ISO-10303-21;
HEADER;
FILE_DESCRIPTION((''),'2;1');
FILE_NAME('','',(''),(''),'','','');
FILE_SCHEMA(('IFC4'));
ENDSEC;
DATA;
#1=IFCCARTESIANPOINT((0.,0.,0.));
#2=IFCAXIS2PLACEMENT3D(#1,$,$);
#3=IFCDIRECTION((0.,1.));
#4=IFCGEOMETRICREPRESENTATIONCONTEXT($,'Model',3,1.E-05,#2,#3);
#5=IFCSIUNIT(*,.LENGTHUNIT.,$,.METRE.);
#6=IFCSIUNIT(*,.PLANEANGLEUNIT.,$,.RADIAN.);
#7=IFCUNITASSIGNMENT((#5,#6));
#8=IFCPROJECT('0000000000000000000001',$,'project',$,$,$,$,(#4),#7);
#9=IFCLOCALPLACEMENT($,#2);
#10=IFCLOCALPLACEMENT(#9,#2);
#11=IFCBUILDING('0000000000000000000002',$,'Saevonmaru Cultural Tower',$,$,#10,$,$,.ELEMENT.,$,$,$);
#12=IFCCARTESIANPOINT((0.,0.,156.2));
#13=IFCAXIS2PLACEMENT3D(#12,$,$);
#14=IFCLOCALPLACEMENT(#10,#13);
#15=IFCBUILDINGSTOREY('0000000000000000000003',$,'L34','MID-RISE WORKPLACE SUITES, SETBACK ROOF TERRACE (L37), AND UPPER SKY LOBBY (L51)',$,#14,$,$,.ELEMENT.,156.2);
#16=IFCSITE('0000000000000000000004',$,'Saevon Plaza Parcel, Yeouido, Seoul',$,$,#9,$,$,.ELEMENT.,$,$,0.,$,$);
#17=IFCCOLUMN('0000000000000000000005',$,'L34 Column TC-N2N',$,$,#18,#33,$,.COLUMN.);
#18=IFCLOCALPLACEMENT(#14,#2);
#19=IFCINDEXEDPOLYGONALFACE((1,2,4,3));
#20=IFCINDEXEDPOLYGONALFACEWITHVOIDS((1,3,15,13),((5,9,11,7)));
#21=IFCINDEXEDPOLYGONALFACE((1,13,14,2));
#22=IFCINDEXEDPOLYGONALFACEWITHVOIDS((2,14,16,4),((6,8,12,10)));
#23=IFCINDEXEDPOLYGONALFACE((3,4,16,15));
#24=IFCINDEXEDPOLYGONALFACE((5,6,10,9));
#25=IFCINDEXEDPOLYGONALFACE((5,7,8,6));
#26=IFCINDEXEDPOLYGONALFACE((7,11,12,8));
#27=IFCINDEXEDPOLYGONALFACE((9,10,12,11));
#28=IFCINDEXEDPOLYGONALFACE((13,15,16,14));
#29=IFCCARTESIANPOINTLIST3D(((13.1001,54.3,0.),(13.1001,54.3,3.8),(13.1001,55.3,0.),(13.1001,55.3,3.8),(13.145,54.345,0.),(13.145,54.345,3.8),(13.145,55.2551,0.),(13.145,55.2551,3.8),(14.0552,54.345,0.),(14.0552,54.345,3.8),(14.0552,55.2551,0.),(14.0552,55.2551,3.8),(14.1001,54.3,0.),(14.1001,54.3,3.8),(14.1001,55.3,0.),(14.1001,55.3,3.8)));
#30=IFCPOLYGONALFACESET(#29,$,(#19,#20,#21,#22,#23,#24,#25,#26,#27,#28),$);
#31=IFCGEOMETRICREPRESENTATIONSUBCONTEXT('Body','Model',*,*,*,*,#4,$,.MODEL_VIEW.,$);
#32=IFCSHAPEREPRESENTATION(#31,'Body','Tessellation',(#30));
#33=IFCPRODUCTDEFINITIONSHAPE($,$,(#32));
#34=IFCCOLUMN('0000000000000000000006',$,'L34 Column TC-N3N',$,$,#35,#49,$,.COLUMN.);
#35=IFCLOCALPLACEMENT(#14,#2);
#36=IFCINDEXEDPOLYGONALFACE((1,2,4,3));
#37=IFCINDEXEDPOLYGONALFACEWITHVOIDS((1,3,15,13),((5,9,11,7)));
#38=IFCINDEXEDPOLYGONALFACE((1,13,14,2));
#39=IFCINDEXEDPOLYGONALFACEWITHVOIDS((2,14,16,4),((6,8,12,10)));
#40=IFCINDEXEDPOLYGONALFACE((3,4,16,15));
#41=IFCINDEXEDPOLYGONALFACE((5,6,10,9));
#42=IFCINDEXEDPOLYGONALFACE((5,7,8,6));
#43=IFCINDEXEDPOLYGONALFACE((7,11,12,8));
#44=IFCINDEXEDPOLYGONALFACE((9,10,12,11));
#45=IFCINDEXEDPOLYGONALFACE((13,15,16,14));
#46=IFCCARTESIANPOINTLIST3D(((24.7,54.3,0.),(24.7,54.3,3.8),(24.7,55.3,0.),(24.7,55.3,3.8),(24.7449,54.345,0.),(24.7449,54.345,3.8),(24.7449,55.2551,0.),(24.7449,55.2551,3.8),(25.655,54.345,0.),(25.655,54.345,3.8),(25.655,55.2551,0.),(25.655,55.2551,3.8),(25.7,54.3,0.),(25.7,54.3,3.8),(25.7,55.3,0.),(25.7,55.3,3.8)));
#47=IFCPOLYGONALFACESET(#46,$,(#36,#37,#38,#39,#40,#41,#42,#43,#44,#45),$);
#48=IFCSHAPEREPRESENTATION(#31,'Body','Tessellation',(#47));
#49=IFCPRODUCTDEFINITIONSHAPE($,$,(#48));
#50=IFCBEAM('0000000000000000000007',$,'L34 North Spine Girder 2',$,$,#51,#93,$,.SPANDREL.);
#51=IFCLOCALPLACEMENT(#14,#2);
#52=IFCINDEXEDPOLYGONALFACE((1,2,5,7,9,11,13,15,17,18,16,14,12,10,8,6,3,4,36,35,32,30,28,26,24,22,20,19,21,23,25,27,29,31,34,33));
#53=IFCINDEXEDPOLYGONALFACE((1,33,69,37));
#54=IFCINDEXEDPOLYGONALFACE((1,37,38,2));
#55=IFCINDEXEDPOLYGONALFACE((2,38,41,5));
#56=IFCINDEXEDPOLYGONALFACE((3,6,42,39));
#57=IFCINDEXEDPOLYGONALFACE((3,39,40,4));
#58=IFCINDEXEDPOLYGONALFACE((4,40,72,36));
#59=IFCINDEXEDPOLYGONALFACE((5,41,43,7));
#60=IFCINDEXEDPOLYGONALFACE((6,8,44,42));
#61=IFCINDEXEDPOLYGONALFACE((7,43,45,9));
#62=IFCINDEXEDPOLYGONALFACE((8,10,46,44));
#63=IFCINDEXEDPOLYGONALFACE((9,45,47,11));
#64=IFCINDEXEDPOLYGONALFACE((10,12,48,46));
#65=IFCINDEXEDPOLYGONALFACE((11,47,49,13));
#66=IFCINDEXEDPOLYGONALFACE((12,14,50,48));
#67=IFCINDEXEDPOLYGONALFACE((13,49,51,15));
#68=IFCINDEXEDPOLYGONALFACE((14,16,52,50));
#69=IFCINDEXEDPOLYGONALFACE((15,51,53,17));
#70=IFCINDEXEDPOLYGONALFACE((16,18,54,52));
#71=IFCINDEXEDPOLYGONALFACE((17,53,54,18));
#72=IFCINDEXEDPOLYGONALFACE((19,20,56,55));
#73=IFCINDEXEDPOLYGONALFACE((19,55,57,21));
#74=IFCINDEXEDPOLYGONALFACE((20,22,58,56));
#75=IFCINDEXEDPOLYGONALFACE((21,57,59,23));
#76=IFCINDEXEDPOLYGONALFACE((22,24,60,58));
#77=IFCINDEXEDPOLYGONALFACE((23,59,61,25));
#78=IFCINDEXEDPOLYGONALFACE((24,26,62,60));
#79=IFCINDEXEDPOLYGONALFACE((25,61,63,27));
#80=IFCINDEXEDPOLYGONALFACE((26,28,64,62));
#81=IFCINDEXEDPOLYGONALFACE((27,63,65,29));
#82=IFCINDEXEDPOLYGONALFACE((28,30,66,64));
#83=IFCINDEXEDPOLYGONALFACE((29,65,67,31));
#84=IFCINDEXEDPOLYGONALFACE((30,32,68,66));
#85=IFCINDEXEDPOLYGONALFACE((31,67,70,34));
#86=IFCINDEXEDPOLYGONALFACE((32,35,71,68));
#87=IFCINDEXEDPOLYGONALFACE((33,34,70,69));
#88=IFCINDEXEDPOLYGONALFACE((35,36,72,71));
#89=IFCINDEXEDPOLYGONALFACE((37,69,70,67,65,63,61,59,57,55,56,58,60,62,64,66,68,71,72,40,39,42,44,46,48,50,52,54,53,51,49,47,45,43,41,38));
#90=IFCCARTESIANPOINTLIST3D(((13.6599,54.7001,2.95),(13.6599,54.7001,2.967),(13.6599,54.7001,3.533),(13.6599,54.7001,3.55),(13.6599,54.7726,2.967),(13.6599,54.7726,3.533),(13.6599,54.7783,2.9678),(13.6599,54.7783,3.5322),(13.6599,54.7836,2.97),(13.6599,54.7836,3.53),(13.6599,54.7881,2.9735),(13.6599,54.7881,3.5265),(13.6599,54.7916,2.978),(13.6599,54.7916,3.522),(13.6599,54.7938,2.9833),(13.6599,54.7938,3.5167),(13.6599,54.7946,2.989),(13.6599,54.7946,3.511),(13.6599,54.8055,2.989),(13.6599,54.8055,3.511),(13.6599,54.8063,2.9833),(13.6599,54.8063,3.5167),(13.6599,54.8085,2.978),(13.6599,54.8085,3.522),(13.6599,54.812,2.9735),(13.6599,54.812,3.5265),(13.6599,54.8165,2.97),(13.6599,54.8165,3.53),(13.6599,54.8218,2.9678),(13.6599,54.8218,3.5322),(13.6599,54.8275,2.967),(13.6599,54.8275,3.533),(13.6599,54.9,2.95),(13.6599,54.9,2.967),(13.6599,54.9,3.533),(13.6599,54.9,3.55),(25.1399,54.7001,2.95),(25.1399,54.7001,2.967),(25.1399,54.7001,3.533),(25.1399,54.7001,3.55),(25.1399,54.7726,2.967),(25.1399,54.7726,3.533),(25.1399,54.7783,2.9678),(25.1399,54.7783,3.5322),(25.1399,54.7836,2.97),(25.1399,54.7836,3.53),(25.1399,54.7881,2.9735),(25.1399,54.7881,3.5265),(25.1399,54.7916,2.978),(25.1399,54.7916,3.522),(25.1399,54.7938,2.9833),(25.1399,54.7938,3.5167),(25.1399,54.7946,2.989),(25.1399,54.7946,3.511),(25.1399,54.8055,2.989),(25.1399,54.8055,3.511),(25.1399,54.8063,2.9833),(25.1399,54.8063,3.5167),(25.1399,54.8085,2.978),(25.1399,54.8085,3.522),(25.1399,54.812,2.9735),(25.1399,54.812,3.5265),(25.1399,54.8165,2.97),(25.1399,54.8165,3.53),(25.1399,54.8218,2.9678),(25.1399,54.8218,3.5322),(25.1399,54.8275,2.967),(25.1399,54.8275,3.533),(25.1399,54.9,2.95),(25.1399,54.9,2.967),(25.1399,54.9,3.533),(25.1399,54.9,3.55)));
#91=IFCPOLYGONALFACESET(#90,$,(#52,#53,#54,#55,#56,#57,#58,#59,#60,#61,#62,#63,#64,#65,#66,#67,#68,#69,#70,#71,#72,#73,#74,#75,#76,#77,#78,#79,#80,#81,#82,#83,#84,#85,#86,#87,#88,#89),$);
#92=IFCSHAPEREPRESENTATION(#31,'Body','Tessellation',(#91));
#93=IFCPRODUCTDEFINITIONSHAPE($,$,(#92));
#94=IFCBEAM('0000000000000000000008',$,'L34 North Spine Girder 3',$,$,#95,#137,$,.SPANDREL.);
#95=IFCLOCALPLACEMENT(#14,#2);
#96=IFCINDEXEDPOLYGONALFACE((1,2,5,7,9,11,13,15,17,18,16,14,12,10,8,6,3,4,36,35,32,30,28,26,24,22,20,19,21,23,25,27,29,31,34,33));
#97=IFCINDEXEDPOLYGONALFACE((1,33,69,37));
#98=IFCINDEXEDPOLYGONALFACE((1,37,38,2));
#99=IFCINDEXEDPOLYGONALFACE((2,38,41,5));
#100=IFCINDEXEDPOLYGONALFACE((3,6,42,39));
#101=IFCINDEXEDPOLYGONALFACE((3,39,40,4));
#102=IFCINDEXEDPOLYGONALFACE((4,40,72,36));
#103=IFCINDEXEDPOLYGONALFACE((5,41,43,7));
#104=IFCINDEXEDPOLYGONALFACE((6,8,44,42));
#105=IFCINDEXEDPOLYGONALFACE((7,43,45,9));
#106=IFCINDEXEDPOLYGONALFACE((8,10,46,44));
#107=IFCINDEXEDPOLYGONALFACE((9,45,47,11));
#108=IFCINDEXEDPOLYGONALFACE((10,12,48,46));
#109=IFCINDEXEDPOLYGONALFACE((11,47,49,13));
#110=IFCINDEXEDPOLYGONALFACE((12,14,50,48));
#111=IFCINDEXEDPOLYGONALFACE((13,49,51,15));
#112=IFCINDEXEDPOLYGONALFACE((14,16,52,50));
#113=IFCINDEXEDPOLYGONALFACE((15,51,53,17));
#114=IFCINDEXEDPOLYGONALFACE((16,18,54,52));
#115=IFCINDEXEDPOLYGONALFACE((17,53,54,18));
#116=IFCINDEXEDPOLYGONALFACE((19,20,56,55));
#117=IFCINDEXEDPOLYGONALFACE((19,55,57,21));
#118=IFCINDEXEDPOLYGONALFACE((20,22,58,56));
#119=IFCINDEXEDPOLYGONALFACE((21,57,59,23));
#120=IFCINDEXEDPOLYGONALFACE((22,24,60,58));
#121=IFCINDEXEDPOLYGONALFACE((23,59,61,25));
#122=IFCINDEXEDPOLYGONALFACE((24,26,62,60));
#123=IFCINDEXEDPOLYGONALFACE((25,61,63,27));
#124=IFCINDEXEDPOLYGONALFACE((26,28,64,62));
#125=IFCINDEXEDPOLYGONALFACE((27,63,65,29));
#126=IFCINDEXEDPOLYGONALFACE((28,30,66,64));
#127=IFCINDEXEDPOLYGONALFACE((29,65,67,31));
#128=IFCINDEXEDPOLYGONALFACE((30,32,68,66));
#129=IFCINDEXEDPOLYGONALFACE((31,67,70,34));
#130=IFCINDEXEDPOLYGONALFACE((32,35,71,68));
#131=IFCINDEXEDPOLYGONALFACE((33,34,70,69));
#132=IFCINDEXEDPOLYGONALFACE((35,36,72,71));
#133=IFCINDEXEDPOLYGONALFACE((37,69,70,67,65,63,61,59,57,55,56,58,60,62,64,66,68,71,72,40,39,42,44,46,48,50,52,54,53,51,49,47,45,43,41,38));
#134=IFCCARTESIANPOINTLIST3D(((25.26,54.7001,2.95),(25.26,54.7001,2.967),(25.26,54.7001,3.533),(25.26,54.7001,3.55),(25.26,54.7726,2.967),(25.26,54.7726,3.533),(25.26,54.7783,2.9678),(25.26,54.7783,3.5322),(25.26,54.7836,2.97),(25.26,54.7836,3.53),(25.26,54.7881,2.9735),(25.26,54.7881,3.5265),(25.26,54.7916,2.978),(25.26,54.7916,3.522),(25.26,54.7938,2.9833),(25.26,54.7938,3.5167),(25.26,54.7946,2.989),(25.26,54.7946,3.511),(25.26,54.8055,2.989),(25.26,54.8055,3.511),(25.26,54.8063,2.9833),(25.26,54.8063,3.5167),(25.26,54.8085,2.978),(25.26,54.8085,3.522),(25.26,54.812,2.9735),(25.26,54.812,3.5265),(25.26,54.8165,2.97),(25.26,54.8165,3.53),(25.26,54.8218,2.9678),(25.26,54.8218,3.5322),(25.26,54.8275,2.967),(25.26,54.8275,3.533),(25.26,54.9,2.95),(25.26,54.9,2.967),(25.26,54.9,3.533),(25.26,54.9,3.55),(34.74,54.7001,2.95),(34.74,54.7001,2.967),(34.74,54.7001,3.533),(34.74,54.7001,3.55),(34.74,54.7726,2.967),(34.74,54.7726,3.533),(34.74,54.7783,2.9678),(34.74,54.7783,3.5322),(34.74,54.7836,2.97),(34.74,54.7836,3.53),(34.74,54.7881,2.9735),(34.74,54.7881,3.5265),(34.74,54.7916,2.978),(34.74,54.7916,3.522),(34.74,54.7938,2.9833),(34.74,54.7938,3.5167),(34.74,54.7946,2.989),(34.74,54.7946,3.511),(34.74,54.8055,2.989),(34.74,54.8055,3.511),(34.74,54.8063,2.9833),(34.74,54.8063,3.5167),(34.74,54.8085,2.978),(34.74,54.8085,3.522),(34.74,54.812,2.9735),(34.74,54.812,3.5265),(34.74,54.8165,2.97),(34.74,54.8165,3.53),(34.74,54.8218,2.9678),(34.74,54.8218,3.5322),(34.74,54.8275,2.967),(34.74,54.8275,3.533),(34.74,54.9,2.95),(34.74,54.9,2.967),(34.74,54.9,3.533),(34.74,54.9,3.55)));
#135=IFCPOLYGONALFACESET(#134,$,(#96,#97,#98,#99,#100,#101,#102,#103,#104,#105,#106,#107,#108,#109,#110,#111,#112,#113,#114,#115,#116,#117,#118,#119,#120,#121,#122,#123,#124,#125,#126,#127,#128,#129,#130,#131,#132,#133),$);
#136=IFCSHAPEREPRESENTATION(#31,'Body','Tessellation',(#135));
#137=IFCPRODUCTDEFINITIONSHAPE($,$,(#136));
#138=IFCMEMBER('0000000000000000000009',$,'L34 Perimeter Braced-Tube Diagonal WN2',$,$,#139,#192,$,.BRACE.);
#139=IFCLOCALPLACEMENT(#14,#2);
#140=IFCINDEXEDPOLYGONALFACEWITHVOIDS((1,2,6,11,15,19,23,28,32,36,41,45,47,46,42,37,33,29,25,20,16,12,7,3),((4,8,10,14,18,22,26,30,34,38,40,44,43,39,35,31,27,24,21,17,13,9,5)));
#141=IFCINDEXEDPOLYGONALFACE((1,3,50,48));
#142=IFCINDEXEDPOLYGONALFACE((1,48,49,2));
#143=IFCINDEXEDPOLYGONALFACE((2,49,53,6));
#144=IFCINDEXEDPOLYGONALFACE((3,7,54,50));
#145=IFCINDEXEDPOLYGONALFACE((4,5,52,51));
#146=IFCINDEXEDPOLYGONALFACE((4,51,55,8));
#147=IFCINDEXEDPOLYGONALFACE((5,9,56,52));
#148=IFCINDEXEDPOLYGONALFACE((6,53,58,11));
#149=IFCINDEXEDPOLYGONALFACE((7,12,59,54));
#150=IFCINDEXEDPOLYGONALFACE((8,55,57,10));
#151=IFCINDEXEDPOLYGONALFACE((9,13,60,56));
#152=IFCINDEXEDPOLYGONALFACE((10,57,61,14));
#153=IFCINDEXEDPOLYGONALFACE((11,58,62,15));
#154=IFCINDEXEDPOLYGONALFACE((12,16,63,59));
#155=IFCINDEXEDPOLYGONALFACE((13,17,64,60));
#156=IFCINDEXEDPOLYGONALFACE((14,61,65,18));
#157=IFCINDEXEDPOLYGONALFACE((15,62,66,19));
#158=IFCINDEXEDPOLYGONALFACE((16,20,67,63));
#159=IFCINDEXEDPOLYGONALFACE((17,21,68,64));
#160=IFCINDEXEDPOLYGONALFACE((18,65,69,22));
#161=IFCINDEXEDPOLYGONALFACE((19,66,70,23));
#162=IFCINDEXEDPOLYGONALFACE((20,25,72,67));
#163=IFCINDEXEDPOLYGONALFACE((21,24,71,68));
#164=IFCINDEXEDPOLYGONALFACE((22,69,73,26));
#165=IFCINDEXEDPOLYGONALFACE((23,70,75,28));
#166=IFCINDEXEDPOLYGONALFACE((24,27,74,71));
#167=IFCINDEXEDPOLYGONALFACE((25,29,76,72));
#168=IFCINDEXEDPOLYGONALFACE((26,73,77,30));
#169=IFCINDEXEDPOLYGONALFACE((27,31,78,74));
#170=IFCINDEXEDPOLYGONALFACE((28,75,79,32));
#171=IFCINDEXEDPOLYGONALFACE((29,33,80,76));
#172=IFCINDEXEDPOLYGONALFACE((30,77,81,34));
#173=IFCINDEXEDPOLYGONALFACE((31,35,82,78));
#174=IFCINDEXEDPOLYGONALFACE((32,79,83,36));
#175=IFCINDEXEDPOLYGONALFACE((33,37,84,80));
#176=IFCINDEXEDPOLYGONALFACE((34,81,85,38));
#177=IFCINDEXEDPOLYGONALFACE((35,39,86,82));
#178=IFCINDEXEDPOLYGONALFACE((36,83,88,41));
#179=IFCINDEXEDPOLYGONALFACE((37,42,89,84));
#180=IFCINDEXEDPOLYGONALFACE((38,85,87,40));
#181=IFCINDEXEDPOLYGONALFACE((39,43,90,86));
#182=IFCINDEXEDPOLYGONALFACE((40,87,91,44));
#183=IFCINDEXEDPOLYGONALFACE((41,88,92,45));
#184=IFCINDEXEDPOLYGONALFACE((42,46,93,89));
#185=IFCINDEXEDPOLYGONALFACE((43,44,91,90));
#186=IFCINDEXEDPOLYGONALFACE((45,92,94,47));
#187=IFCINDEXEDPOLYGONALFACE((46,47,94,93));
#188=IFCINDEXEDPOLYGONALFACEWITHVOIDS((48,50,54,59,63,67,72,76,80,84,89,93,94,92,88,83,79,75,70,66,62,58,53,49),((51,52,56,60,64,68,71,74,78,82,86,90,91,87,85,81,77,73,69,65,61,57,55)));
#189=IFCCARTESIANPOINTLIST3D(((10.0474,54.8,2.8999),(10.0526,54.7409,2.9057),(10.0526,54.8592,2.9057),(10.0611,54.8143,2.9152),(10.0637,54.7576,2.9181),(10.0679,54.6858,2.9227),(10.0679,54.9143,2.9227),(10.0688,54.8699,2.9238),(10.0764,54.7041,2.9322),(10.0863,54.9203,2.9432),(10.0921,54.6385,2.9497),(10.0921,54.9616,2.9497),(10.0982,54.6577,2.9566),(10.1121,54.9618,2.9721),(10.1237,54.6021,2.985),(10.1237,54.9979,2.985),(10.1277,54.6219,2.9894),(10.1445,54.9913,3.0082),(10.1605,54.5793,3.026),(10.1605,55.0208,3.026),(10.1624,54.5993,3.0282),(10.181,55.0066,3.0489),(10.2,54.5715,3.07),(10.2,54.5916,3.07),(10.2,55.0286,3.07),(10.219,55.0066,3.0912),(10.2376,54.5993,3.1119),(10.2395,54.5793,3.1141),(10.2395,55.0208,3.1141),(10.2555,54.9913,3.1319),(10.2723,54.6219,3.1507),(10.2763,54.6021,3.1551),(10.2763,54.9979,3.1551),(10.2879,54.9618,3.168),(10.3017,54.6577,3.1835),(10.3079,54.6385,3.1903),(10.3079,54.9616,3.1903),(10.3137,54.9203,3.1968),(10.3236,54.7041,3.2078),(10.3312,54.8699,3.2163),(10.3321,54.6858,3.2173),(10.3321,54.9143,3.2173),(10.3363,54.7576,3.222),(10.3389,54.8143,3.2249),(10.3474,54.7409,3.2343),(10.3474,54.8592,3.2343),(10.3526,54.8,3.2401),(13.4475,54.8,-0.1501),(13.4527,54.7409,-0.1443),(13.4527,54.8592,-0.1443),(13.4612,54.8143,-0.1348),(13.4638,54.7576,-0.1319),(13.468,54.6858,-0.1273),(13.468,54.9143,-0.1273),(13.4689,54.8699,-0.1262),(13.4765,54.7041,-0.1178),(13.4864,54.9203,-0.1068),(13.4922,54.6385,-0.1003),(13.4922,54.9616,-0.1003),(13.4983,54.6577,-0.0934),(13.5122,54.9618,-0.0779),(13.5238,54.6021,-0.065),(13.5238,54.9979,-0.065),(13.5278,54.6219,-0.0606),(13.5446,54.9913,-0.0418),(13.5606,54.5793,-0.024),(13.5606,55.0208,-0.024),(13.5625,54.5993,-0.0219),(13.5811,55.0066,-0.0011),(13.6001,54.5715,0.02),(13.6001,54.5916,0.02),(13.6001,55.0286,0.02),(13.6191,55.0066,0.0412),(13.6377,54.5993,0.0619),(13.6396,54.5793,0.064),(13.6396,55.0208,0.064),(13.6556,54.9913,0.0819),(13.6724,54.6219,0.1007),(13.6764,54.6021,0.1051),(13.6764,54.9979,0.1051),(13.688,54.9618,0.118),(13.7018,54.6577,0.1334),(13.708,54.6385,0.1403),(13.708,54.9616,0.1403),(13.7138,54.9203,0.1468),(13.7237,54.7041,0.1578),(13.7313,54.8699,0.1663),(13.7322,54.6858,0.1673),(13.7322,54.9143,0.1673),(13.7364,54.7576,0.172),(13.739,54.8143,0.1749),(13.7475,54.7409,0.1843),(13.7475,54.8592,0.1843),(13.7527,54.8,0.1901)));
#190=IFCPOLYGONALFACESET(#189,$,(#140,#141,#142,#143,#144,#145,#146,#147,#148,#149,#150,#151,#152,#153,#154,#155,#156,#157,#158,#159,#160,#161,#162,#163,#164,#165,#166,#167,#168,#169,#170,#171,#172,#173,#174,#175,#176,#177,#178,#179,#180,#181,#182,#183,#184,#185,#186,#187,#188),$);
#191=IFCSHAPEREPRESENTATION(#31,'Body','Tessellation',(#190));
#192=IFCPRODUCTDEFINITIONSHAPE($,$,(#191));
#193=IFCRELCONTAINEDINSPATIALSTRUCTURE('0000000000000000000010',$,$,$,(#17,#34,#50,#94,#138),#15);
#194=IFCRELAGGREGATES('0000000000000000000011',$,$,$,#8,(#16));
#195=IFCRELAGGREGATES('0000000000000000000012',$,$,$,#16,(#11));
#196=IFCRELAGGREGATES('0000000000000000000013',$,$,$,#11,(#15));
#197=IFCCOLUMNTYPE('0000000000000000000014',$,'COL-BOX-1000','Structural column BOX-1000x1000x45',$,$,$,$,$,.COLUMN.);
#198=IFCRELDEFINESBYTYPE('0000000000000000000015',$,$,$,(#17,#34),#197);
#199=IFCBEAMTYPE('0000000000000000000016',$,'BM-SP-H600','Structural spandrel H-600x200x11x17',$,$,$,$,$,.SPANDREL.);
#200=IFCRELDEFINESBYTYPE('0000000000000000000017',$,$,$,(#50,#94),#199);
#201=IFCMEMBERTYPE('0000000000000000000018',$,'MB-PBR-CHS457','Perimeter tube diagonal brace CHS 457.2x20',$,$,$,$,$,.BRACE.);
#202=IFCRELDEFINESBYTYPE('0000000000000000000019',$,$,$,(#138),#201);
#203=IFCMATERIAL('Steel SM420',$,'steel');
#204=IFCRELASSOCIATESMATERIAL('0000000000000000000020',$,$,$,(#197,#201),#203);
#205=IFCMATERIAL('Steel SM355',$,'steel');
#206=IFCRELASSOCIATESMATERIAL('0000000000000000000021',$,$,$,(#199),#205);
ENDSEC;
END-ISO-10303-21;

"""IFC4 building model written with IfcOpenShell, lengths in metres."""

from ifc_helpers import new_model, si_unit, direction, frame, origin, origin_2d, place, context, subcontext, project, spatial, hollow_rectangle, hollow_circle, i_section, extrude, material, material_profile, profile_set, type_object, element, save


model = new_model("IFC4")

# Units and contexts
model_context = context("Model", 3, precision=1e-05, world=origin(), true_north=direction((0.0, 1.0)))
body_context = subcontext(model_context, "Body", "Model", "MODEL_VIEW")
ifc_project = project(units=[si_unit("LENGTHUNIT", "METRE"), si_unit("PLANEANGLEUNIT", "RADIAN")], contexts=[model_context])

# Site, building, storey
site_placement = place(None, origin())
site = spatial("IfcSite", under=ifc_project, at=site_placement, Name="Saevon Plaza Parcel, Yeouido, Seoul", CompositionType="ELEMENT", RefElevation=0.0)
building_placement = place(site_placement, origin())
building = spatial("IfcBuilding", under=site, at=building_placement, Name="Saevonmaru Cultural Tower", CompositionType="ELEMENT")
storey_placement = place(building_placement, frame((0.0, 0.0, 156.2)))
storey = spatial("IfcBuildingStorey", under=building, at=storey_placement, Name="L34", Description="MID-RISE WORKPLACE SUITES, SETBACK ROOF TERRACE (L37), AND UPPER SKY LOBBY (L51)", CompositionType="ELEMENT", Elevation=156.2)

# Columns
ifc_material_1 = material(Name="Steel SM420", Category="steel")
ifc_material_profile_1 = material_profile(ifc_material_1, hollow_rectangle(XDim=1.0, YDim=1.0, WallThickness=0.0449, at=origin_2d()), Name="BOX-1000x1000x45")
ifc_profile_set_1 = profile_set([ifc_material_profile_1], Name="Steel SM420")
column_type = type_object("IfcColumnType", Name="COL-BOX-1000", Description="Structural column BOX-1000x1000x45", PredefinedType="COLUMN", material=ifc_profile_set_1)
for number, where, z_axis, x_axis, name in (
    (1, (13.6001, 54.8, 0.0), (0.0, 0.0, 1.0), (1.0, 0.0, 0.0), "L34 Column TC-N2N"),
    (2, (25.2, 54.8, 0.0), (0.0, 0.0, 1.0), (1.0, 0.0, 0.0), "L34 Column TC-N3N"),
):
    element("IfcColumn", number, at=place(storey_placement, frame(where, z_axis=z_axis, x_axis=x_axis)), inside=storey, type_object=column_type, Name=name, PredefinedType="COLUMN", context=body_context, shape_type="SweptSolid", body=[
        extrude(hollow_rectangle(XDim=1.0, YDim=1.0, WallThickness=0.0449, at=origin_2d()), origin(), (0.0, 0.0, 1.0), 3.8),
    ])

# Beams
ifc_material_2 = material(Name="Steel SM355", Category="steel")
ifc_material_profile_2 = material_profile(ifc_material_2, i_section(OverallWidth=0.2, OverallDepth=0.6001, WebThickness=0.011, FlangeThickness=0.0171, FilletRadius=0.022, at=origin_2d()), Name="H-600x200x11x17")
ifc_profile_set_2 = profile_set([ifc_material_profile_2], Name="Steel SM355")
beam_type = type_object("IfcBeamType", Name="BM-SP-H600", Description="Structural spandrel H-600x200x11x17", PredefinedType="SPANDREL", material=ifc_profile_set_2)
beam_1_placement = place(storey_placement, frame((13.6599, 54.8, 3.25), z_axis=(1.0, 0.0, 0.0), x_axis=(0.0, 1.0, 0.0)))
element("IfcBeam", 3, at=beam_1_placement, inside=storey, type_object=beam_type, Name="L34 North Spine Girder 2", PredefinedType="SPANDREL", context=body_context, shape_type="SweptSolid", body=[
    extrude(i_section(OverallWidth=0.2, OverallDepth=0.6001, WebThickness=0.011, FlangeThickness=0.0171, FilletRadius=0.022, at=origin_2d()), origin(), (0.0, 0.0, 1.0), 11.48),
])
beam_2_placement = place(storey_placement, frame((25.26, 54.8, 3.25), z_axis=(1.0, 0.0, 0.0), x_axis=(0.0, 1.0, 0.0)))
element("IfcBeam", 4, at=beam_2_placement, inside=storey, type_object=beam_type, Name="L34 North Spine Girder 3", PredefinedType="SPANDREL", context=body_context, shape_type="SweptSolid", body=[
    extrude(i_section(OverallWidth=0.2, OverallDepth=0.6001, WebThickness=0.011, FlangeThickness=0.0171, FilletRadius=0.022, at=origin_2d()), origin(), (0.0, 0.0, 1.0), 9.48),
])

# Member
ifc_material_profile_3 = material_profile(ifc_material_1, hollow_circle(Radius=0.2285, WallThickness=0.02, at=origin_2d()), Name="CHS-457.2x20")
ifc_profile_set_3 = profile_set([ifc_material_profile_3], Name="Steel SM420")
member_type_1 = type_object("IfcMemberType", Name="MB-PBR-CHS457", Description="Perimeter tube diagonal brace CHS 457.2x20", PredefinedType="BRACE", material=ifc_profile_set_3)
member_1_placement = place(storey_placement, frame((13.6001, 54.8, 0.02), z_axis=(-0.744391, 0.0, 0.667744), x_axis=(0.0, -1.0, 0.0)))
element("IfcMember", 5, at=member_1_placement, inside=storey, type_object=member_type_1, Name="L34 Perimeter Braced-Tube Diagonal WN2", PredefinedType="BRACE", context=body_context, shape_type="SweptSolid", body=[
    extrude(hollow_circle(Radius=0.2285, WallThickness=0.02, at=origin_2d()), origin(), (0.0, 0.0, 1.0), 4.5676),
])

save(model, "model.ifc")
